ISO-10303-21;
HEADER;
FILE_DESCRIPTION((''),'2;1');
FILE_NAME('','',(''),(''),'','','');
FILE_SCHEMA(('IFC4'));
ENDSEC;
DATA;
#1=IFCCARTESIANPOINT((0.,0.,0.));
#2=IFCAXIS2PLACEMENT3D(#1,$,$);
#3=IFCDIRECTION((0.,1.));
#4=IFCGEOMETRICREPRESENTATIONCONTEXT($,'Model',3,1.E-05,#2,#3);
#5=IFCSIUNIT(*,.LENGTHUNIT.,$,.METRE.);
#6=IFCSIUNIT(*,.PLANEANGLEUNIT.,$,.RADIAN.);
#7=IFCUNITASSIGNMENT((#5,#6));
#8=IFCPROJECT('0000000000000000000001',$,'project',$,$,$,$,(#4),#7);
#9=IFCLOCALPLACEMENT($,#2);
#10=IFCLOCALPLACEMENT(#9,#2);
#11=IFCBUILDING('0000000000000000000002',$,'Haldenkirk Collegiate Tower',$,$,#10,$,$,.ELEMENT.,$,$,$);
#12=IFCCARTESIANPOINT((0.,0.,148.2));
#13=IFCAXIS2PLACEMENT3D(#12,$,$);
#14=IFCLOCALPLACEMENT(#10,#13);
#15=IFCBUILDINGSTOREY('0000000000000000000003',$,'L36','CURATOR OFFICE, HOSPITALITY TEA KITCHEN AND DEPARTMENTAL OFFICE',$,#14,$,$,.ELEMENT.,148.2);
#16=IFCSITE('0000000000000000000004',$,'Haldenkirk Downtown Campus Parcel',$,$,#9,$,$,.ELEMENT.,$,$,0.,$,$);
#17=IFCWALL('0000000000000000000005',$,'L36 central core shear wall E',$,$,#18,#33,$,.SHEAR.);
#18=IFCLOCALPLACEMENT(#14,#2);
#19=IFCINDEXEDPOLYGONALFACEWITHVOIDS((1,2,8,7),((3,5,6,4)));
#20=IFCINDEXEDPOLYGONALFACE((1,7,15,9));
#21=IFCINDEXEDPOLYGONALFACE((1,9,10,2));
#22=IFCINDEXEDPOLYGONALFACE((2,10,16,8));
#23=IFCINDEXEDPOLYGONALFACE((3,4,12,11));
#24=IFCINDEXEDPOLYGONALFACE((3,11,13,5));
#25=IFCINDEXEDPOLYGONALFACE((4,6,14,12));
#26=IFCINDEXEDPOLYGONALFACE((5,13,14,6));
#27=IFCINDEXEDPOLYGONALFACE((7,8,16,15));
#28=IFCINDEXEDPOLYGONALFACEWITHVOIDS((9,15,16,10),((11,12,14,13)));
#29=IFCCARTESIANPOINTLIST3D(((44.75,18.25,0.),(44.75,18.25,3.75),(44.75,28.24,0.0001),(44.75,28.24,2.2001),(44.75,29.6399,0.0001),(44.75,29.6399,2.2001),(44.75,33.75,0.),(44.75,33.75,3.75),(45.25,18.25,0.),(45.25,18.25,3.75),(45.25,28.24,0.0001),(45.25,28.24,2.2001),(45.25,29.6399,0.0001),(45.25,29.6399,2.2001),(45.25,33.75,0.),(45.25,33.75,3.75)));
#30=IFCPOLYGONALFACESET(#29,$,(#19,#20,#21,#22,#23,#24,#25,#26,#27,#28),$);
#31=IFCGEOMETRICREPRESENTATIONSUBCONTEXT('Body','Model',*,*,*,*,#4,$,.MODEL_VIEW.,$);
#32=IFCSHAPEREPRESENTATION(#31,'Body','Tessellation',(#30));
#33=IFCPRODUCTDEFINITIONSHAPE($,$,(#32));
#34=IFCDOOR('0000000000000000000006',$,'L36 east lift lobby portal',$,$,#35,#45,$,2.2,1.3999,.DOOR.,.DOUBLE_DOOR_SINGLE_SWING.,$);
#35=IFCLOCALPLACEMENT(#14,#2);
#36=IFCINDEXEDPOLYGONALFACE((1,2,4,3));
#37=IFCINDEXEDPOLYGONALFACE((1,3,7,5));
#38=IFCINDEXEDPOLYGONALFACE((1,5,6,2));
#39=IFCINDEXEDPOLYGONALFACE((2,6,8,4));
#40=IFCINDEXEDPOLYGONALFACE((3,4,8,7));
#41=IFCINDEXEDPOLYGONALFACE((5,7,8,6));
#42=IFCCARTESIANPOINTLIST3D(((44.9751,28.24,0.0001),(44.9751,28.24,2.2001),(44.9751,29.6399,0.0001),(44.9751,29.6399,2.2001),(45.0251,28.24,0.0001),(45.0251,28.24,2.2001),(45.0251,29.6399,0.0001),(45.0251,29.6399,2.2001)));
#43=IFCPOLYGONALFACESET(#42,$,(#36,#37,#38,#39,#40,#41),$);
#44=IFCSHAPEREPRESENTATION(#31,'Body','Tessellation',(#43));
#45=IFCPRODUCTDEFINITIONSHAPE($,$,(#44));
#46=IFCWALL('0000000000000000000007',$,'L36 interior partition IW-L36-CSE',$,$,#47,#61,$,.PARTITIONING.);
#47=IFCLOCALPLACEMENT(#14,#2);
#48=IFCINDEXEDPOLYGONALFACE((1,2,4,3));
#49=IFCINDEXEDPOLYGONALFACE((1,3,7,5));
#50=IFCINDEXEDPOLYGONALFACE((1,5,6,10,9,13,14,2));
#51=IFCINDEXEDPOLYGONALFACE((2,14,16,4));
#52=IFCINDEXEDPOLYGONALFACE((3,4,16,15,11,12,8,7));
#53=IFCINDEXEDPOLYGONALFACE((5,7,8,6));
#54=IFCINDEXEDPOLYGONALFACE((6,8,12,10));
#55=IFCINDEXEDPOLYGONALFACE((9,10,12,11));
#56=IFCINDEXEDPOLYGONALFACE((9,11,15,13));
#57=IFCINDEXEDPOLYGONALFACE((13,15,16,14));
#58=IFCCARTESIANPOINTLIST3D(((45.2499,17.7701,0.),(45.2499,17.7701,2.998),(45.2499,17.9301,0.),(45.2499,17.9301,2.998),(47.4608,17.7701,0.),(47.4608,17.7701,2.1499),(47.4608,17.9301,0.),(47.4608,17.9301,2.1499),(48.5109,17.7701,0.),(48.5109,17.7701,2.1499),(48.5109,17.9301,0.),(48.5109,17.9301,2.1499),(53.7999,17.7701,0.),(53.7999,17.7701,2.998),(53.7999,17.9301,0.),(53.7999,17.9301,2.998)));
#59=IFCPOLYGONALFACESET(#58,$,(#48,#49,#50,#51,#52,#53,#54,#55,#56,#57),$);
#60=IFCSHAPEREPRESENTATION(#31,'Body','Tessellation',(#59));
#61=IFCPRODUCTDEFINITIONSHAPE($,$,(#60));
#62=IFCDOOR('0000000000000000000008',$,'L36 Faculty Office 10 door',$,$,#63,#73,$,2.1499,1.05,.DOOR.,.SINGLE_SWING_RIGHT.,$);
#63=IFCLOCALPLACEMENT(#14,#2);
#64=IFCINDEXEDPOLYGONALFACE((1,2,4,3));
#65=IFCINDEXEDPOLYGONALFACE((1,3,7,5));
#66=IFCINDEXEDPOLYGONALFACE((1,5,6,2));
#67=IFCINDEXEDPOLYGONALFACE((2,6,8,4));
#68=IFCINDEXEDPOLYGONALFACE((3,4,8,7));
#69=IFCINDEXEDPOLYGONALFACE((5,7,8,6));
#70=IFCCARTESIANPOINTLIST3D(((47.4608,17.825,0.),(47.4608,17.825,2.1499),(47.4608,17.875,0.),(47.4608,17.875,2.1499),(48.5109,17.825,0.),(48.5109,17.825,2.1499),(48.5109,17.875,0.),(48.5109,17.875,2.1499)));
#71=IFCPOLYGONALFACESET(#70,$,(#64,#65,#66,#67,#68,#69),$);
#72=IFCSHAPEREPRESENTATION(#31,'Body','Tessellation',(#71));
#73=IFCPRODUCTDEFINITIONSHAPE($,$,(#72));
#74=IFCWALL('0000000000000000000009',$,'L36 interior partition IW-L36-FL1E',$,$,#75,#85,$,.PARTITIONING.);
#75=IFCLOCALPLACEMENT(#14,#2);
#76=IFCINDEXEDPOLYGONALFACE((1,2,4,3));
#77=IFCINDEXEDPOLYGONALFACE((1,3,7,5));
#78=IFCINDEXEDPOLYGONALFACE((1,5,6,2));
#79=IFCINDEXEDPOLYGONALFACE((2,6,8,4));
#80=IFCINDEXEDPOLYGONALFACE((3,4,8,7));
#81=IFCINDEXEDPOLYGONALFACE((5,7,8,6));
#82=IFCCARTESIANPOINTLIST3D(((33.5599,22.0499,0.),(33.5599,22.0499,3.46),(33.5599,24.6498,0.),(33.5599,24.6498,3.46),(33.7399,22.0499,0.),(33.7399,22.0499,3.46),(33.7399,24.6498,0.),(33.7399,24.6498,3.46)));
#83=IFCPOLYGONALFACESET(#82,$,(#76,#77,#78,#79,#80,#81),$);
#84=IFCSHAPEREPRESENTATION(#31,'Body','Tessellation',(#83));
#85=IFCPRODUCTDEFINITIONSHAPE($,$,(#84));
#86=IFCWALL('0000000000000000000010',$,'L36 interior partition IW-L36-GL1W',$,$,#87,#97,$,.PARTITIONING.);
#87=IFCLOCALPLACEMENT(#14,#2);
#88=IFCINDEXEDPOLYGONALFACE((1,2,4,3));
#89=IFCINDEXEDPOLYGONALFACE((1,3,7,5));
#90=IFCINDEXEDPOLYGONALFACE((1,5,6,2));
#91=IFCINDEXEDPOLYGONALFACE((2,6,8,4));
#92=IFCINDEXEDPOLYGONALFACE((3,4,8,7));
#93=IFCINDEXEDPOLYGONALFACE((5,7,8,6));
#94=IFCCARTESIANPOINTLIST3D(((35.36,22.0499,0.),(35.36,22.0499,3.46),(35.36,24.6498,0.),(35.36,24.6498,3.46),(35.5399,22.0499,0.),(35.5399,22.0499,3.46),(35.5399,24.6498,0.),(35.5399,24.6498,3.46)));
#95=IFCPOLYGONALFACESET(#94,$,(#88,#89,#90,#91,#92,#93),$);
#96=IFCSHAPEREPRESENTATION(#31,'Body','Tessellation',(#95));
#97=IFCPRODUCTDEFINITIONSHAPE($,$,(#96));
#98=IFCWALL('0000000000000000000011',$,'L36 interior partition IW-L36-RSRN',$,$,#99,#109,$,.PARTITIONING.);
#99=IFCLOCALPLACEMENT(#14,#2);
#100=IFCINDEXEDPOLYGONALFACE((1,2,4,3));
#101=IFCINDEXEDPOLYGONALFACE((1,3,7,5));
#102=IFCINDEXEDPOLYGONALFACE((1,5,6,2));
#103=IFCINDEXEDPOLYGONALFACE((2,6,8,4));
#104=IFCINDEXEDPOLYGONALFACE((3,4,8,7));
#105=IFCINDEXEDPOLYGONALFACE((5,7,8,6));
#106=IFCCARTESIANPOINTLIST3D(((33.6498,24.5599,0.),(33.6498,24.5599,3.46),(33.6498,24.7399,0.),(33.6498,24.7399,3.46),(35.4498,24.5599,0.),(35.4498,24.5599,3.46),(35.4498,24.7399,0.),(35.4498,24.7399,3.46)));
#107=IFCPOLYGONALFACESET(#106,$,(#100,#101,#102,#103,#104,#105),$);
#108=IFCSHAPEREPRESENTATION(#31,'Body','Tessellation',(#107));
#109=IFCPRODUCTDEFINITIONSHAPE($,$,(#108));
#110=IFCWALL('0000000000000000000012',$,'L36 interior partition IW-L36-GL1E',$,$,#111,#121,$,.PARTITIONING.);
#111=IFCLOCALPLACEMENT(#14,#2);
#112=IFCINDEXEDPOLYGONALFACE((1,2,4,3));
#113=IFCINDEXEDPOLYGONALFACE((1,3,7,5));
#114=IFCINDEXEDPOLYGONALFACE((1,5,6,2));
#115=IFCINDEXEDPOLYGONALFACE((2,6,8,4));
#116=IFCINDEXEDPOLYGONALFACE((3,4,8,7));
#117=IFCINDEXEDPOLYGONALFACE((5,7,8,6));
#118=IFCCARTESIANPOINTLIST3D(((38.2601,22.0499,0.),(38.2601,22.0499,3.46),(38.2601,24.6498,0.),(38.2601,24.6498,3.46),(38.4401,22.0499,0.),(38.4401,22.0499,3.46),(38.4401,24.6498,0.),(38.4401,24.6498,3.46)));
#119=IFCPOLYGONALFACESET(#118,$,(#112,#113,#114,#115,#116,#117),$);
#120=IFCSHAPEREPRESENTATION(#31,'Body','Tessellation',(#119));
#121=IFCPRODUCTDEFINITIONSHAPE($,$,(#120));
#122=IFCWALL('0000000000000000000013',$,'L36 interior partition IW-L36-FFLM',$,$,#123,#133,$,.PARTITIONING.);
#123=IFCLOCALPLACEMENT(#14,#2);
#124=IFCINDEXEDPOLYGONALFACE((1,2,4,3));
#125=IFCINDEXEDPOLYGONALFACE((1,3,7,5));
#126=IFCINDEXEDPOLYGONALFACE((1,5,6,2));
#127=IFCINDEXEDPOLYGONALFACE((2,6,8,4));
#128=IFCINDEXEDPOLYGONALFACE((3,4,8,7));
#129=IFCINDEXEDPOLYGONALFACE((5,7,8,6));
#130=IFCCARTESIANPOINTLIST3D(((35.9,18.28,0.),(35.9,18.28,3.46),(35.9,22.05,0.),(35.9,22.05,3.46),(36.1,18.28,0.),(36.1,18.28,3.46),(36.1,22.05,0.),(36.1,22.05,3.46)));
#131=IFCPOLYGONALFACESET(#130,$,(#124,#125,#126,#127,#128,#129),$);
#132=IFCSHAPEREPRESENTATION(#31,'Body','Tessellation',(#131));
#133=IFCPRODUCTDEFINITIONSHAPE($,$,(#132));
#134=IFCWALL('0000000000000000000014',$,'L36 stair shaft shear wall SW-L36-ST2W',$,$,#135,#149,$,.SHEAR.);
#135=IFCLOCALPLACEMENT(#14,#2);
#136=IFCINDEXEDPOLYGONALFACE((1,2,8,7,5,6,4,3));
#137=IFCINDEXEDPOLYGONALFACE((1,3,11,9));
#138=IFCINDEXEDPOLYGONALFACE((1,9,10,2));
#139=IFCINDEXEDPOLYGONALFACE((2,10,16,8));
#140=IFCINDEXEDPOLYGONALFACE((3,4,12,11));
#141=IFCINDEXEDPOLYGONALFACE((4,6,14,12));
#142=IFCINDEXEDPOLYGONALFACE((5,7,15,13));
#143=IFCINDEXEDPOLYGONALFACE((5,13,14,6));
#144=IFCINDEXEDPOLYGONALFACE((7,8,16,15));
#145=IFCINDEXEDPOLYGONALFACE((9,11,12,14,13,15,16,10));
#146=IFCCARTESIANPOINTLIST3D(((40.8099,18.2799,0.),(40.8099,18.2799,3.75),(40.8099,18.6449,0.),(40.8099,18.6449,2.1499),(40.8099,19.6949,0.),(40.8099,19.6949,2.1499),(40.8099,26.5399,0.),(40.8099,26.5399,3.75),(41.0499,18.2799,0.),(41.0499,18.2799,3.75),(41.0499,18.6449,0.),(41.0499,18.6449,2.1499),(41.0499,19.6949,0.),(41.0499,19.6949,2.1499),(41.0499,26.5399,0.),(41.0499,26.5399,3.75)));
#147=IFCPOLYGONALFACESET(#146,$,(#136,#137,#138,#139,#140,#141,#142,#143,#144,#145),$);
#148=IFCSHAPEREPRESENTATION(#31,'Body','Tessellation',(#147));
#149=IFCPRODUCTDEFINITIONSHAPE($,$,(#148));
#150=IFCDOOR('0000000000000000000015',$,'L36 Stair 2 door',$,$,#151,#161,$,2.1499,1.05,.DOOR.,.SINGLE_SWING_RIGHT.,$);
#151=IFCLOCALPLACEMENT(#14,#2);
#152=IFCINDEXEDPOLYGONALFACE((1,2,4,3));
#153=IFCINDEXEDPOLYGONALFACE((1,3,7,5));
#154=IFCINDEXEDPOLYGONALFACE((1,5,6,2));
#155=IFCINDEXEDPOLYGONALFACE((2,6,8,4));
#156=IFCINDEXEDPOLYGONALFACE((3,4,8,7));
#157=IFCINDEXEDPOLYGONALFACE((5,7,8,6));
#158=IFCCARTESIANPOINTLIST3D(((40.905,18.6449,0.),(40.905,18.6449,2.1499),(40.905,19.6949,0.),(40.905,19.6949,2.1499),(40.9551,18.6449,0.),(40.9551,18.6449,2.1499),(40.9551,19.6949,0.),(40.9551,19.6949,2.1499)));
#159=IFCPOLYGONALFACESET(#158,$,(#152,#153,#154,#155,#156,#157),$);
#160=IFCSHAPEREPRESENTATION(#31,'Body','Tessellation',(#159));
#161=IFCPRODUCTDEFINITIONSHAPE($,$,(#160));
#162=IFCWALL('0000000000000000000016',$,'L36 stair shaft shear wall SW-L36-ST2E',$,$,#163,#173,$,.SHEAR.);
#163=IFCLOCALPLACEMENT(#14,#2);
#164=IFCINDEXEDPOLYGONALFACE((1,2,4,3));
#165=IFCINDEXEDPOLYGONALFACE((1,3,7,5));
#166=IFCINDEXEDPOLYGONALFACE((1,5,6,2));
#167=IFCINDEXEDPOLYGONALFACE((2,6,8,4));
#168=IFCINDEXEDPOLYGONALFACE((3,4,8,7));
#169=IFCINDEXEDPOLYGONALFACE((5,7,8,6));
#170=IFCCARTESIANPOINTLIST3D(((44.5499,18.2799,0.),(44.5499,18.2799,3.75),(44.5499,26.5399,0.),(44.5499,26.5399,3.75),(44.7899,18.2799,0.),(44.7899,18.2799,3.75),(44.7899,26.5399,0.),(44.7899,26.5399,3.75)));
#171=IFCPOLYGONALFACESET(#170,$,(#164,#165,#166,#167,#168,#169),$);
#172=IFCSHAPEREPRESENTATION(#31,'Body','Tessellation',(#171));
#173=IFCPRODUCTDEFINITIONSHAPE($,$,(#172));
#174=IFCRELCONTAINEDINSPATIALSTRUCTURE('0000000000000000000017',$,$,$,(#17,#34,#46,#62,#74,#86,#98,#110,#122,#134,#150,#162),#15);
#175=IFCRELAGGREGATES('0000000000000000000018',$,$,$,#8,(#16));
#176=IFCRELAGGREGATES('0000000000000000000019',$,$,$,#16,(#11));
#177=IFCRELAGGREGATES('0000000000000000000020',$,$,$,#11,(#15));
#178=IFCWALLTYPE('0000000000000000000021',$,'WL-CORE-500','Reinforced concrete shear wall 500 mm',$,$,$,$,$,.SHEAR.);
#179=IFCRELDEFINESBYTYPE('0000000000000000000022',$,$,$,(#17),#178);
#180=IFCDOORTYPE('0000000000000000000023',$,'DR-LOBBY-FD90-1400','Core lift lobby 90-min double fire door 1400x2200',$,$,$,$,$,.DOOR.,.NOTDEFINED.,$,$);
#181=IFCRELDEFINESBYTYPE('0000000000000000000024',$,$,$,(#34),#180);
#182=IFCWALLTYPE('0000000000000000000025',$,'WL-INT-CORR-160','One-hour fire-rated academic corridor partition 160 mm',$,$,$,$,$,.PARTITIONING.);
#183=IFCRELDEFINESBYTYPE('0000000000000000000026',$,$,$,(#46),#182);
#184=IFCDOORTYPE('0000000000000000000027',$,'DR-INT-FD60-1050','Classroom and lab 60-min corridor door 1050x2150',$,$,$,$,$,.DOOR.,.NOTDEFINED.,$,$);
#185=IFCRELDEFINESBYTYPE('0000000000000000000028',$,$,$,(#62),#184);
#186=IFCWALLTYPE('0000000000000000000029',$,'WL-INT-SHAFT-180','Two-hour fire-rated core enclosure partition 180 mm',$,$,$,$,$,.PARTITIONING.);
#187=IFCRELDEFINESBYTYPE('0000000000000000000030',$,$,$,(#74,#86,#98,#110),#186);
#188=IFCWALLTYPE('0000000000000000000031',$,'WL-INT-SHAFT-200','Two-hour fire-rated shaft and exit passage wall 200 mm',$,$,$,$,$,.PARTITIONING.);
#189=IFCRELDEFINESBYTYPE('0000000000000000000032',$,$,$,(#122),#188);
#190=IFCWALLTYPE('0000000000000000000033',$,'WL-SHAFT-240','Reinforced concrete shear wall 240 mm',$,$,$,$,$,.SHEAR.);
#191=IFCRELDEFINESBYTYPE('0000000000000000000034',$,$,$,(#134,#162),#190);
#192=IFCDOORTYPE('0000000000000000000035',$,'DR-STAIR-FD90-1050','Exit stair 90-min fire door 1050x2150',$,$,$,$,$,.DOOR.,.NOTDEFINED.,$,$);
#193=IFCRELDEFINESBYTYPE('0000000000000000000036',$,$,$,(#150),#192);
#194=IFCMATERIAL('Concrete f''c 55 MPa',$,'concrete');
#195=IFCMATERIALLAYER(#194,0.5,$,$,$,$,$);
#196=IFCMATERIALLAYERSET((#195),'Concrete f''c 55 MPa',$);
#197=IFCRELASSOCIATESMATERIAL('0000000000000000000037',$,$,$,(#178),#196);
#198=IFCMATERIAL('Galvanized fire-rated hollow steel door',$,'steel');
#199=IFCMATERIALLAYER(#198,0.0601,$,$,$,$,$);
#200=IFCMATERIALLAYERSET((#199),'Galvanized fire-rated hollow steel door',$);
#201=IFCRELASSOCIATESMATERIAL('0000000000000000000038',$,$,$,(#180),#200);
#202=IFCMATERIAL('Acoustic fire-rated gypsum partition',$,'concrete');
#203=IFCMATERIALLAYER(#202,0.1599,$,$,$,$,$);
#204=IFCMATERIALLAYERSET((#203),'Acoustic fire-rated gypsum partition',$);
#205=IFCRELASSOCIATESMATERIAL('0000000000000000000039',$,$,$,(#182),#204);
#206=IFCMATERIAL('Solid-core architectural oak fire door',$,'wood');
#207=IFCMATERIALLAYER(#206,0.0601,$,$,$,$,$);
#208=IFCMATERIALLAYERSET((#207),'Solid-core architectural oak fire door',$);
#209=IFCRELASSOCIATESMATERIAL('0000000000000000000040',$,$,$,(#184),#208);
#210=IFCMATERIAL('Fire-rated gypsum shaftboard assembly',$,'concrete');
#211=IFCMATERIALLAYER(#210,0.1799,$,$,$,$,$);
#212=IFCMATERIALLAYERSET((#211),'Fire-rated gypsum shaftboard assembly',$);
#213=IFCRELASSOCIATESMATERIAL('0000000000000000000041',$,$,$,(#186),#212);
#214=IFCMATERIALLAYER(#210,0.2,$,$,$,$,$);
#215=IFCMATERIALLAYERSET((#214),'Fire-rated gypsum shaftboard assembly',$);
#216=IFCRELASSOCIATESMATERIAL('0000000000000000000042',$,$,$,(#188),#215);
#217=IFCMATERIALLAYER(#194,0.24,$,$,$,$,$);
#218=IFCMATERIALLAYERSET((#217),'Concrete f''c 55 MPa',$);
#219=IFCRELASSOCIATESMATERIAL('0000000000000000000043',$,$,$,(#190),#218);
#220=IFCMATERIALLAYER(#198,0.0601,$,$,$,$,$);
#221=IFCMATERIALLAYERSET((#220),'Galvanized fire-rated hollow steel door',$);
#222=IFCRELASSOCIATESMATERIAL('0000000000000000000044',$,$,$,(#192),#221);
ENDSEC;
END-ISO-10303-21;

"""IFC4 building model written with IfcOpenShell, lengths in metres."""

from ifc_helpers import new_model, si_unit, direction, frame, frame_2d, origin, place, context, subcontext, project, spatial, rectangle, extrude, material, layer, layer_set, type_object, element, fill, save


model = new_model("IFC4")

# Units and contexts
model_context = context("Model", 3, precision=1e-05, world=origin(), true_north=direction((0.0, 1.0)))
body_context = subcontext(model_context, "Body", "Model", "MODEL_VIEW")
ifc_project = project(units=[si_unit("LENGTHUNIT", "METRE"), si_unit("PLANEANGLEUNIT", "RADIAN")], contexts=[model_context])

# Site, building, storey
site_placement = place(None, origin())
site = spatial("IfcSite", under=ifc_project, at=site_placement, Name="Haldenkirk Downtown Campus Parcel", CompositionType="ELEMENT", RefElevation=0.0)
building_placement = place(site_placement, origin())
building = spatial("IfcBuilding", under=site, at=building_placement, Name="Haldenkirk Collegiate Tower", CompositionType="ELEMENT")
storey_placement = place(building_placement, frame((0.0, 0.0, 148.2)))
storey = spatial("IfcBuildingStorey", under=building, at=storey_placement, Name="L36", Description="CURATOR OFFICE, HOSPITALITY TEA KITCHEN AND DEPARTMENTAL OFFICE", CompositionType="ELEMENT", Elevation=148.2)

# Walls, openings, doors
ifc_material_1 = material(Name="Concrete f'c 55 MPa", Category="concrete")
ifc_layer_1 = layer(ifc_material_1, 0.5)
ifc_layer_set_1 = layer_set([ifc_layer_1], Name="Concrete f'c 55 MPa")
wall_type_1 = type_object("IfcWallType", Name="WL-CORE-500", Description="Reinforced concrete shear wall 500 mm", PredefinedType="SHEAR", material=ifc_layer_set_1)
wall_1_placement = place(storey_placement, frame((45.0, 18.25, 0.0), z_axis=(0.0, 0.0, 1.0), x_axis=(0.0, 1.0, 0.0)))
wall_1 = element("IfcWall", 1, at=wall_1_placement, inside=storey, type_object=wall_type_1, Name="L36 central core shear wall E", PredefinedType="SHEAR", context=body_context, shape_type="SweptSolid", body=[
    extrude(rectangle(XDim=15.5, YDim=0.5, at=frame_2d((7.75, 0.0))), origin(), (0.0, 0.0, 1.0), 3.75),
])
opening_1_placement = place(wall_1_placement, frame((9.99, 0.0, 0.0)))
opening_1 = element("IfcOpeningElement", 2, at=opening_1_placement, cuts=wall_1, PredefinedType="OPENING", context=body_context, shape_type="SweptSolid", body=[
    extrude(rectangle(XDim=1.3999, YDim=2.2, at=frame_2d((0.7, 1.1001))), frame((0.0, 0.26, 0.0), z_axis=(0.0, -1.0, 0.0), x_axis=(1.0, 0.0, 0.0)), (0.0, 0.0, 1.0), 0.52),
])
ifc_material_2 = material(Name="Galvanized fire-rated hollow steel door", Category="steel")
ifc_layer_2 = layer(ifc_material_2, 0.0601)
ifc_layer_set_2 = layer_set([ifc_layer_2], Name="Galvanized fire-rated hollow steel door")
door_type_1 = type_object("IfcDoorType", Name="DR-LOBBY-FD90-1400", Description="Core lift lobby 90-min double fire door 1400x2200", OperationType="NOTDEFINED", PredefinedType="DOOR", material=ifc_layer_set_2)
door_1_placement = place(opening_1_placement, origin())
door_1 = element("IfcDoor", 3, at=door_1_placement, inside=storey, type_object=door_type_1, Name="L36 east lift lobby portal", OperationType="DOUBLE_DOOR_SINGLE_SWING", OverallHeight=2.2, OverallWidth=1.3999, PredefinedType="DOOR", context=body_context, shape_type="SweptSolid", body=[
    extrude(rectangle(XDim=1.3999, YDim=2.2, at=frame_2d((0.7, 1.1001))), frame((0.0, 0.0249, 0.0), z_axis=(0.0, -1.0, 0.0), x_axis=(1.0, 0.0, 0.0)), (0.0, 0.0, 1.0), 0.05),
])
fill(opening_1, door_1)
ifc_material_3 = material(Name="Acoustic fire-rated gypsum partition", Category="concrete")
ifc_layer_3 = layer(ifc_material_3, 0.1599)
ifc_layer_set_3 = layer_set([ifc_layer_3], Name="Acoustic fire-rated gypsum partition")
wall_type_2 = type_object("IfcWallType", Name="WL-INT-CORR-160", Description="One-hour fire-rated academic corridor partition 160 mm", PredefinedType="PARTITIONING", material=ifc_layer_set_3)
wall_2_placement = place(storey_placement, frame((45.25, 17.8501, 0.0), z_axis=(0.0, 0.0, 1.0), x_axis=(1.0, 0.0, 0.0)))
wall_2 = element("IfcWall", 4, at=wall_2_placement, inside=storey, type_object=wall_type_2, Name="L36 interior partition IW-L36-CSE", PredefinedType="PARTITIONING", context=body_context, shape_type="SweptSolid", body=[
    extrude(rectangle(XDim=8.55, YDim=0.1599, at=frame_2d((4.2749, 0.0))), origin(), (0.0, 0.0, 1.0), 2.998),
])
opening_2_placement = place(wall_2_placement, frame((2.2109, 0.0, 0.0)))
opening_2 = element("IfcOpeningElement", 5, at=opening_2_placement, cuts=wall_2, PredefinedType="OPENING", context=body_context, shape_type="SweptSolid", body=[
    extrude(rectangle(XDim=1.05, YDim=2.1499, at=frame_2d((0.5249, 1.075))), frame((0.0, 0.0898, 0.0), z_axis=(0.0, -1.0, 0.0), x_axis=(1.0, 0.0, 0.0)), (0.0, 0.0, 1.0), 0.1799),
])
ifc_material_4 = material(Name="Solid-core architectural oak fire door", Category="wood")
ifc_layer_4 = layer(ifc_material_4, 0.0601)
ifc_layer_set_4 = layer_set([ifc_layer_4], Name="Solid-core architectural oak fire door")
door_type_2 = type_object("IfcDoorType", Name="DR-INT-FD60-1050", Description="Classroom and lab 60-min corridor door 1050x2150", OperationType="NOTDEFINED", PredefinedType="DOOR", material=ifc_layer_set_4)
door_2_placement = place(opening_2_placement, origin())
door_2 = element("IfcDoor", 6, at=door_2_placement, inside=storey, type_object=door_type_2, Name="L36 Faculty Office 10 door", OperationType="SINGLE_SWING_RIGHT", OverallHeight=2.1499, OverallWidth=1.05, PredefinedType="DOOR", context=body_context, shape_type="SweptSolid", body=[
    extrude(rectangle(XDim=1.05, YDim=2.1499, at=frame_2d((0.5249, 1.075))), frame((0.0, 0.0249, 0.0), z_axis=(0.0, -1.0, 0.0), x_axis=(1.0, 0.0, 0.0)), (0.0, 0.0, 1.0), 0.05),
])
fill(opening_2, door_2)

# Walls
ifc_material_5 = material(Name="Fire-rated gypsum shaftboard assembly", Category="concrete")
ifc_layer_5 = layer(ifc_material_5, 0.1799)
ifc_layer_set_5 = layer_set([ifc_layer_5], Name="Fire-rated gypsum shaftboard assembly")
wall_type_3 = type_object("IfcWallType", Name="WL-INT-SHAFT-180", Description="Two-hour fire-rated core enclosure partition 180 mm", PredefinedType="PARTITIONING", material=ifc_layer_set_5)
for number, where, z_axis, x_axis, name in (
    (7, (33.6499, 22.05, 0.0), (0.0, 0.0, 1.0), (0.0, 1.0, 0.0), "L36 interior partition IW-L36-FL1E"),
    (8, (35.45, 22.05, 0.0), (0.0, 0.0, 1.0), (0.0, 1.0, 0.0), "L36 interior partition IW-L36-GL1W"),
):
    element("IfcWall", number, at=place(storey_placement, frame(where, z_axis=z_axis, x_axis=x_axis)), inside=storey, type_object=wall_type_3, Name=name, PredefinedType="PARTITIONING", context=body_context, shape_type="SweptSolid", body=[
        extrude(rectangle(XDim=2.5999, YDim=0.1799, at=frame_2d((1.2998, 0.0))), origin(), (0.0, 0.0, 1.0), 3.46),
    ])
wall_3_placement = place(storey_placement, frame((33.6499, 24.6499, 0.0), z_axis=(0.0, 0.0, 1.0), x_axis=(1.0, 0.0, 0.0)))
element("IfcWall", 9, at=wall_3_placement, inside=storey, type_object=wall_type_3, Name="L36 interior partition IW-L36-RSRN", PredefinedType="PARTITIONING", context=body_context, shape_type="SweptSolid", body=[
    extrude(rectangle(XDim=1.8, YDim=0.1799, at=frame_2d((0.8999, 0.0))), origin(), (0.0, 0.0, 1.0), 3.46),
])
wall_4_placement = place(storey_placement, frame((38.3501, 22.05, 0.0), z_axis=(0.0, 0.0, 1.0), x_axis=(0.0, 1.0, 0.0)))
element("IfcWall", 10, at=wall_4_placement, inside=storey, type_object=wall_type_3, Name="L36 interior partition IW-L36-GL1E", PredefinedType="PARTITIONING", context=body_context, shape_type="SweptSolid", body=[
    extrude(rectangle(XDim=2.5999, YDim=0.1799, at=frame_2d((1.2998, 0.0))), origin(), (0.0, 0.0, 1.0), 3.46),
])
ifc_layer_6 = layer(ifc_material_5, 0.2)
ifc_layer_set_6 = layer_set([ifc_layer_6], Name="Fire-rated gypsum shaftboard assembly")
wall_type_4 = type_object("IfcWallType", Name="WL-INT-SHAFT-200", Description="Two-hour fire-rated shaft and exit passage wall 200 mm", PredefinedType="PARTITIONING", material=ifc_layer_set_6)
wall_5_placement = place(storey_placement, frame((36.0, 18.28, 0.0), z_axis=(0.0, 0.0, 1.0), x_axis=(0.0, 1.0, 0.0)))
element("IfcWall", 11, at=wall_5_placement, inside=storey, type_object=wall_type_4, Name="L36 interior partition IW-L36-FFLM", PredefinedType="PARTITIONING", context=body_context, shape_type="SweptSolid", body=[
    extrude(rectangle(XDim=3.77, YDim=0.2, at=frame_2d((1.885, 0.0))), origin(), (0.0, 0.0, 1.0), 3.46),
])

# Wall, opening, door
ifc_layer_7 = layer(ifc_material_1, 0.24)
ifc_layer_set_7 = layer_set([ifc_layer_7], Name="Concrete f'c 55 MPa")
wall_type_5 = type_object("IfcWallType", Name="WL-SHAFT-240", Description="Reinforced concrete shear wall 240 mm", PredefinedType="SHEAR", material=ifc_layer_set_7)
wall_6_placement = place(storey_placement, frame((40.9299, 18.28, 0.0), z_axis=(0.0, 0.0, 1.0), x_axis=(0.0, 1.0, 0.0)))
wall_6 = element("IfcWall", 12, at=wall_6_placement, inside=storey, type_object=wall_type_5, Name="L36 stair shaft shear wall SW-L36-ST2W", PredefinedType="SHEAR", context=body_context, shape_type="SweptSolid", body=[
    extrude(rectangle(XDim=8.26, YDim=0.24, at=frame_2d((4.1299, 0.0))), origin(), (0.0, 0.0, 1.0), 3.75),
])
opening_3_placement = place(wall_6_placement, frame((0.365, 0.0, 0.0)))
opening_3 = element("IfcOpeningElement", 13, at=opening_3_placement, cuts=wall_6, PredefinedType="OPENING", context=body_context, shape_type="SweptSolid", body=[
    extrude(rectangle(XDim=1.05, YDim=2.1499, at=frame_2d((0.5249, 1.075))), frame((0.0, 0.1299, 0.0), z_axis=(0.0, -1.0, 0.0), x_axis=(1.0, 0.0, 0.0)), (0.0, 0.0, 1.0), 0.26),
])
ifc_layer_8 = layer(ifc_material_2, 0.0601)
ifc_layer_set_8 = layer_set([ifc_layer_8], Name="Galvanized fire-rated hollow steel door")
door_type_3 = type_object("IfcDoorType", Name="DR-STAIR-FD90-1050", Description="Exit stair 90-min fire door 1050x2150", OperationType="NOTDEFINED", PredefinedType="DOOR", material=ifc_layer_set_8)
door_3_placement = place(opening_3_placement, origin())
door_3 = element("IfcDoor", 14, at=door_3_placement, inside=storey, type_object=door_type_3, Name="L36 Stair 2 door", OperationType="SINGLE_SWING_RIGHT", OverallHeight=2.1499, OverallWidth=1.05, PredefinedType="DOOR", context=body_context, shape_type="SweptSolid", body=[
    extrude(rectangle(XDim=1.05, YDim=2.1499, at=frame_2d((0.5249, 1.075))), frame((0.0, 0.0249, 0.0), z_axis=(0.0, -1.0, 0.0), x_axis=(1.0, 0.0, 0.0)), (0.0, 0.0, 1.0), 0.05),
])
fill(opening_3, door_3)

# Wall
wall_7_placement = place(storey_placement, frame((44.6699, 18.28, 0.0), z_axis=(0.0, 0.0, 1.0), x_axis=(0.0, 1.0, 0.0)))
element("IfcWall", 15, at=wall_7_placement, inside=storey, type_object=wall_type_5, Name="L36 stair shaft shear wall SW-L36-ST2E", PredefinedType="SHEAR", context=body_context, shape_type="SweptSolid", body=[
    extrude(rectangle(XDim=8.26, YDim=0.24, at=frame_2d((4.1299, 0.0))), origin(), (0.0, 0.0, 1.0), 3.75),
])

save(model, "model.ifc")
